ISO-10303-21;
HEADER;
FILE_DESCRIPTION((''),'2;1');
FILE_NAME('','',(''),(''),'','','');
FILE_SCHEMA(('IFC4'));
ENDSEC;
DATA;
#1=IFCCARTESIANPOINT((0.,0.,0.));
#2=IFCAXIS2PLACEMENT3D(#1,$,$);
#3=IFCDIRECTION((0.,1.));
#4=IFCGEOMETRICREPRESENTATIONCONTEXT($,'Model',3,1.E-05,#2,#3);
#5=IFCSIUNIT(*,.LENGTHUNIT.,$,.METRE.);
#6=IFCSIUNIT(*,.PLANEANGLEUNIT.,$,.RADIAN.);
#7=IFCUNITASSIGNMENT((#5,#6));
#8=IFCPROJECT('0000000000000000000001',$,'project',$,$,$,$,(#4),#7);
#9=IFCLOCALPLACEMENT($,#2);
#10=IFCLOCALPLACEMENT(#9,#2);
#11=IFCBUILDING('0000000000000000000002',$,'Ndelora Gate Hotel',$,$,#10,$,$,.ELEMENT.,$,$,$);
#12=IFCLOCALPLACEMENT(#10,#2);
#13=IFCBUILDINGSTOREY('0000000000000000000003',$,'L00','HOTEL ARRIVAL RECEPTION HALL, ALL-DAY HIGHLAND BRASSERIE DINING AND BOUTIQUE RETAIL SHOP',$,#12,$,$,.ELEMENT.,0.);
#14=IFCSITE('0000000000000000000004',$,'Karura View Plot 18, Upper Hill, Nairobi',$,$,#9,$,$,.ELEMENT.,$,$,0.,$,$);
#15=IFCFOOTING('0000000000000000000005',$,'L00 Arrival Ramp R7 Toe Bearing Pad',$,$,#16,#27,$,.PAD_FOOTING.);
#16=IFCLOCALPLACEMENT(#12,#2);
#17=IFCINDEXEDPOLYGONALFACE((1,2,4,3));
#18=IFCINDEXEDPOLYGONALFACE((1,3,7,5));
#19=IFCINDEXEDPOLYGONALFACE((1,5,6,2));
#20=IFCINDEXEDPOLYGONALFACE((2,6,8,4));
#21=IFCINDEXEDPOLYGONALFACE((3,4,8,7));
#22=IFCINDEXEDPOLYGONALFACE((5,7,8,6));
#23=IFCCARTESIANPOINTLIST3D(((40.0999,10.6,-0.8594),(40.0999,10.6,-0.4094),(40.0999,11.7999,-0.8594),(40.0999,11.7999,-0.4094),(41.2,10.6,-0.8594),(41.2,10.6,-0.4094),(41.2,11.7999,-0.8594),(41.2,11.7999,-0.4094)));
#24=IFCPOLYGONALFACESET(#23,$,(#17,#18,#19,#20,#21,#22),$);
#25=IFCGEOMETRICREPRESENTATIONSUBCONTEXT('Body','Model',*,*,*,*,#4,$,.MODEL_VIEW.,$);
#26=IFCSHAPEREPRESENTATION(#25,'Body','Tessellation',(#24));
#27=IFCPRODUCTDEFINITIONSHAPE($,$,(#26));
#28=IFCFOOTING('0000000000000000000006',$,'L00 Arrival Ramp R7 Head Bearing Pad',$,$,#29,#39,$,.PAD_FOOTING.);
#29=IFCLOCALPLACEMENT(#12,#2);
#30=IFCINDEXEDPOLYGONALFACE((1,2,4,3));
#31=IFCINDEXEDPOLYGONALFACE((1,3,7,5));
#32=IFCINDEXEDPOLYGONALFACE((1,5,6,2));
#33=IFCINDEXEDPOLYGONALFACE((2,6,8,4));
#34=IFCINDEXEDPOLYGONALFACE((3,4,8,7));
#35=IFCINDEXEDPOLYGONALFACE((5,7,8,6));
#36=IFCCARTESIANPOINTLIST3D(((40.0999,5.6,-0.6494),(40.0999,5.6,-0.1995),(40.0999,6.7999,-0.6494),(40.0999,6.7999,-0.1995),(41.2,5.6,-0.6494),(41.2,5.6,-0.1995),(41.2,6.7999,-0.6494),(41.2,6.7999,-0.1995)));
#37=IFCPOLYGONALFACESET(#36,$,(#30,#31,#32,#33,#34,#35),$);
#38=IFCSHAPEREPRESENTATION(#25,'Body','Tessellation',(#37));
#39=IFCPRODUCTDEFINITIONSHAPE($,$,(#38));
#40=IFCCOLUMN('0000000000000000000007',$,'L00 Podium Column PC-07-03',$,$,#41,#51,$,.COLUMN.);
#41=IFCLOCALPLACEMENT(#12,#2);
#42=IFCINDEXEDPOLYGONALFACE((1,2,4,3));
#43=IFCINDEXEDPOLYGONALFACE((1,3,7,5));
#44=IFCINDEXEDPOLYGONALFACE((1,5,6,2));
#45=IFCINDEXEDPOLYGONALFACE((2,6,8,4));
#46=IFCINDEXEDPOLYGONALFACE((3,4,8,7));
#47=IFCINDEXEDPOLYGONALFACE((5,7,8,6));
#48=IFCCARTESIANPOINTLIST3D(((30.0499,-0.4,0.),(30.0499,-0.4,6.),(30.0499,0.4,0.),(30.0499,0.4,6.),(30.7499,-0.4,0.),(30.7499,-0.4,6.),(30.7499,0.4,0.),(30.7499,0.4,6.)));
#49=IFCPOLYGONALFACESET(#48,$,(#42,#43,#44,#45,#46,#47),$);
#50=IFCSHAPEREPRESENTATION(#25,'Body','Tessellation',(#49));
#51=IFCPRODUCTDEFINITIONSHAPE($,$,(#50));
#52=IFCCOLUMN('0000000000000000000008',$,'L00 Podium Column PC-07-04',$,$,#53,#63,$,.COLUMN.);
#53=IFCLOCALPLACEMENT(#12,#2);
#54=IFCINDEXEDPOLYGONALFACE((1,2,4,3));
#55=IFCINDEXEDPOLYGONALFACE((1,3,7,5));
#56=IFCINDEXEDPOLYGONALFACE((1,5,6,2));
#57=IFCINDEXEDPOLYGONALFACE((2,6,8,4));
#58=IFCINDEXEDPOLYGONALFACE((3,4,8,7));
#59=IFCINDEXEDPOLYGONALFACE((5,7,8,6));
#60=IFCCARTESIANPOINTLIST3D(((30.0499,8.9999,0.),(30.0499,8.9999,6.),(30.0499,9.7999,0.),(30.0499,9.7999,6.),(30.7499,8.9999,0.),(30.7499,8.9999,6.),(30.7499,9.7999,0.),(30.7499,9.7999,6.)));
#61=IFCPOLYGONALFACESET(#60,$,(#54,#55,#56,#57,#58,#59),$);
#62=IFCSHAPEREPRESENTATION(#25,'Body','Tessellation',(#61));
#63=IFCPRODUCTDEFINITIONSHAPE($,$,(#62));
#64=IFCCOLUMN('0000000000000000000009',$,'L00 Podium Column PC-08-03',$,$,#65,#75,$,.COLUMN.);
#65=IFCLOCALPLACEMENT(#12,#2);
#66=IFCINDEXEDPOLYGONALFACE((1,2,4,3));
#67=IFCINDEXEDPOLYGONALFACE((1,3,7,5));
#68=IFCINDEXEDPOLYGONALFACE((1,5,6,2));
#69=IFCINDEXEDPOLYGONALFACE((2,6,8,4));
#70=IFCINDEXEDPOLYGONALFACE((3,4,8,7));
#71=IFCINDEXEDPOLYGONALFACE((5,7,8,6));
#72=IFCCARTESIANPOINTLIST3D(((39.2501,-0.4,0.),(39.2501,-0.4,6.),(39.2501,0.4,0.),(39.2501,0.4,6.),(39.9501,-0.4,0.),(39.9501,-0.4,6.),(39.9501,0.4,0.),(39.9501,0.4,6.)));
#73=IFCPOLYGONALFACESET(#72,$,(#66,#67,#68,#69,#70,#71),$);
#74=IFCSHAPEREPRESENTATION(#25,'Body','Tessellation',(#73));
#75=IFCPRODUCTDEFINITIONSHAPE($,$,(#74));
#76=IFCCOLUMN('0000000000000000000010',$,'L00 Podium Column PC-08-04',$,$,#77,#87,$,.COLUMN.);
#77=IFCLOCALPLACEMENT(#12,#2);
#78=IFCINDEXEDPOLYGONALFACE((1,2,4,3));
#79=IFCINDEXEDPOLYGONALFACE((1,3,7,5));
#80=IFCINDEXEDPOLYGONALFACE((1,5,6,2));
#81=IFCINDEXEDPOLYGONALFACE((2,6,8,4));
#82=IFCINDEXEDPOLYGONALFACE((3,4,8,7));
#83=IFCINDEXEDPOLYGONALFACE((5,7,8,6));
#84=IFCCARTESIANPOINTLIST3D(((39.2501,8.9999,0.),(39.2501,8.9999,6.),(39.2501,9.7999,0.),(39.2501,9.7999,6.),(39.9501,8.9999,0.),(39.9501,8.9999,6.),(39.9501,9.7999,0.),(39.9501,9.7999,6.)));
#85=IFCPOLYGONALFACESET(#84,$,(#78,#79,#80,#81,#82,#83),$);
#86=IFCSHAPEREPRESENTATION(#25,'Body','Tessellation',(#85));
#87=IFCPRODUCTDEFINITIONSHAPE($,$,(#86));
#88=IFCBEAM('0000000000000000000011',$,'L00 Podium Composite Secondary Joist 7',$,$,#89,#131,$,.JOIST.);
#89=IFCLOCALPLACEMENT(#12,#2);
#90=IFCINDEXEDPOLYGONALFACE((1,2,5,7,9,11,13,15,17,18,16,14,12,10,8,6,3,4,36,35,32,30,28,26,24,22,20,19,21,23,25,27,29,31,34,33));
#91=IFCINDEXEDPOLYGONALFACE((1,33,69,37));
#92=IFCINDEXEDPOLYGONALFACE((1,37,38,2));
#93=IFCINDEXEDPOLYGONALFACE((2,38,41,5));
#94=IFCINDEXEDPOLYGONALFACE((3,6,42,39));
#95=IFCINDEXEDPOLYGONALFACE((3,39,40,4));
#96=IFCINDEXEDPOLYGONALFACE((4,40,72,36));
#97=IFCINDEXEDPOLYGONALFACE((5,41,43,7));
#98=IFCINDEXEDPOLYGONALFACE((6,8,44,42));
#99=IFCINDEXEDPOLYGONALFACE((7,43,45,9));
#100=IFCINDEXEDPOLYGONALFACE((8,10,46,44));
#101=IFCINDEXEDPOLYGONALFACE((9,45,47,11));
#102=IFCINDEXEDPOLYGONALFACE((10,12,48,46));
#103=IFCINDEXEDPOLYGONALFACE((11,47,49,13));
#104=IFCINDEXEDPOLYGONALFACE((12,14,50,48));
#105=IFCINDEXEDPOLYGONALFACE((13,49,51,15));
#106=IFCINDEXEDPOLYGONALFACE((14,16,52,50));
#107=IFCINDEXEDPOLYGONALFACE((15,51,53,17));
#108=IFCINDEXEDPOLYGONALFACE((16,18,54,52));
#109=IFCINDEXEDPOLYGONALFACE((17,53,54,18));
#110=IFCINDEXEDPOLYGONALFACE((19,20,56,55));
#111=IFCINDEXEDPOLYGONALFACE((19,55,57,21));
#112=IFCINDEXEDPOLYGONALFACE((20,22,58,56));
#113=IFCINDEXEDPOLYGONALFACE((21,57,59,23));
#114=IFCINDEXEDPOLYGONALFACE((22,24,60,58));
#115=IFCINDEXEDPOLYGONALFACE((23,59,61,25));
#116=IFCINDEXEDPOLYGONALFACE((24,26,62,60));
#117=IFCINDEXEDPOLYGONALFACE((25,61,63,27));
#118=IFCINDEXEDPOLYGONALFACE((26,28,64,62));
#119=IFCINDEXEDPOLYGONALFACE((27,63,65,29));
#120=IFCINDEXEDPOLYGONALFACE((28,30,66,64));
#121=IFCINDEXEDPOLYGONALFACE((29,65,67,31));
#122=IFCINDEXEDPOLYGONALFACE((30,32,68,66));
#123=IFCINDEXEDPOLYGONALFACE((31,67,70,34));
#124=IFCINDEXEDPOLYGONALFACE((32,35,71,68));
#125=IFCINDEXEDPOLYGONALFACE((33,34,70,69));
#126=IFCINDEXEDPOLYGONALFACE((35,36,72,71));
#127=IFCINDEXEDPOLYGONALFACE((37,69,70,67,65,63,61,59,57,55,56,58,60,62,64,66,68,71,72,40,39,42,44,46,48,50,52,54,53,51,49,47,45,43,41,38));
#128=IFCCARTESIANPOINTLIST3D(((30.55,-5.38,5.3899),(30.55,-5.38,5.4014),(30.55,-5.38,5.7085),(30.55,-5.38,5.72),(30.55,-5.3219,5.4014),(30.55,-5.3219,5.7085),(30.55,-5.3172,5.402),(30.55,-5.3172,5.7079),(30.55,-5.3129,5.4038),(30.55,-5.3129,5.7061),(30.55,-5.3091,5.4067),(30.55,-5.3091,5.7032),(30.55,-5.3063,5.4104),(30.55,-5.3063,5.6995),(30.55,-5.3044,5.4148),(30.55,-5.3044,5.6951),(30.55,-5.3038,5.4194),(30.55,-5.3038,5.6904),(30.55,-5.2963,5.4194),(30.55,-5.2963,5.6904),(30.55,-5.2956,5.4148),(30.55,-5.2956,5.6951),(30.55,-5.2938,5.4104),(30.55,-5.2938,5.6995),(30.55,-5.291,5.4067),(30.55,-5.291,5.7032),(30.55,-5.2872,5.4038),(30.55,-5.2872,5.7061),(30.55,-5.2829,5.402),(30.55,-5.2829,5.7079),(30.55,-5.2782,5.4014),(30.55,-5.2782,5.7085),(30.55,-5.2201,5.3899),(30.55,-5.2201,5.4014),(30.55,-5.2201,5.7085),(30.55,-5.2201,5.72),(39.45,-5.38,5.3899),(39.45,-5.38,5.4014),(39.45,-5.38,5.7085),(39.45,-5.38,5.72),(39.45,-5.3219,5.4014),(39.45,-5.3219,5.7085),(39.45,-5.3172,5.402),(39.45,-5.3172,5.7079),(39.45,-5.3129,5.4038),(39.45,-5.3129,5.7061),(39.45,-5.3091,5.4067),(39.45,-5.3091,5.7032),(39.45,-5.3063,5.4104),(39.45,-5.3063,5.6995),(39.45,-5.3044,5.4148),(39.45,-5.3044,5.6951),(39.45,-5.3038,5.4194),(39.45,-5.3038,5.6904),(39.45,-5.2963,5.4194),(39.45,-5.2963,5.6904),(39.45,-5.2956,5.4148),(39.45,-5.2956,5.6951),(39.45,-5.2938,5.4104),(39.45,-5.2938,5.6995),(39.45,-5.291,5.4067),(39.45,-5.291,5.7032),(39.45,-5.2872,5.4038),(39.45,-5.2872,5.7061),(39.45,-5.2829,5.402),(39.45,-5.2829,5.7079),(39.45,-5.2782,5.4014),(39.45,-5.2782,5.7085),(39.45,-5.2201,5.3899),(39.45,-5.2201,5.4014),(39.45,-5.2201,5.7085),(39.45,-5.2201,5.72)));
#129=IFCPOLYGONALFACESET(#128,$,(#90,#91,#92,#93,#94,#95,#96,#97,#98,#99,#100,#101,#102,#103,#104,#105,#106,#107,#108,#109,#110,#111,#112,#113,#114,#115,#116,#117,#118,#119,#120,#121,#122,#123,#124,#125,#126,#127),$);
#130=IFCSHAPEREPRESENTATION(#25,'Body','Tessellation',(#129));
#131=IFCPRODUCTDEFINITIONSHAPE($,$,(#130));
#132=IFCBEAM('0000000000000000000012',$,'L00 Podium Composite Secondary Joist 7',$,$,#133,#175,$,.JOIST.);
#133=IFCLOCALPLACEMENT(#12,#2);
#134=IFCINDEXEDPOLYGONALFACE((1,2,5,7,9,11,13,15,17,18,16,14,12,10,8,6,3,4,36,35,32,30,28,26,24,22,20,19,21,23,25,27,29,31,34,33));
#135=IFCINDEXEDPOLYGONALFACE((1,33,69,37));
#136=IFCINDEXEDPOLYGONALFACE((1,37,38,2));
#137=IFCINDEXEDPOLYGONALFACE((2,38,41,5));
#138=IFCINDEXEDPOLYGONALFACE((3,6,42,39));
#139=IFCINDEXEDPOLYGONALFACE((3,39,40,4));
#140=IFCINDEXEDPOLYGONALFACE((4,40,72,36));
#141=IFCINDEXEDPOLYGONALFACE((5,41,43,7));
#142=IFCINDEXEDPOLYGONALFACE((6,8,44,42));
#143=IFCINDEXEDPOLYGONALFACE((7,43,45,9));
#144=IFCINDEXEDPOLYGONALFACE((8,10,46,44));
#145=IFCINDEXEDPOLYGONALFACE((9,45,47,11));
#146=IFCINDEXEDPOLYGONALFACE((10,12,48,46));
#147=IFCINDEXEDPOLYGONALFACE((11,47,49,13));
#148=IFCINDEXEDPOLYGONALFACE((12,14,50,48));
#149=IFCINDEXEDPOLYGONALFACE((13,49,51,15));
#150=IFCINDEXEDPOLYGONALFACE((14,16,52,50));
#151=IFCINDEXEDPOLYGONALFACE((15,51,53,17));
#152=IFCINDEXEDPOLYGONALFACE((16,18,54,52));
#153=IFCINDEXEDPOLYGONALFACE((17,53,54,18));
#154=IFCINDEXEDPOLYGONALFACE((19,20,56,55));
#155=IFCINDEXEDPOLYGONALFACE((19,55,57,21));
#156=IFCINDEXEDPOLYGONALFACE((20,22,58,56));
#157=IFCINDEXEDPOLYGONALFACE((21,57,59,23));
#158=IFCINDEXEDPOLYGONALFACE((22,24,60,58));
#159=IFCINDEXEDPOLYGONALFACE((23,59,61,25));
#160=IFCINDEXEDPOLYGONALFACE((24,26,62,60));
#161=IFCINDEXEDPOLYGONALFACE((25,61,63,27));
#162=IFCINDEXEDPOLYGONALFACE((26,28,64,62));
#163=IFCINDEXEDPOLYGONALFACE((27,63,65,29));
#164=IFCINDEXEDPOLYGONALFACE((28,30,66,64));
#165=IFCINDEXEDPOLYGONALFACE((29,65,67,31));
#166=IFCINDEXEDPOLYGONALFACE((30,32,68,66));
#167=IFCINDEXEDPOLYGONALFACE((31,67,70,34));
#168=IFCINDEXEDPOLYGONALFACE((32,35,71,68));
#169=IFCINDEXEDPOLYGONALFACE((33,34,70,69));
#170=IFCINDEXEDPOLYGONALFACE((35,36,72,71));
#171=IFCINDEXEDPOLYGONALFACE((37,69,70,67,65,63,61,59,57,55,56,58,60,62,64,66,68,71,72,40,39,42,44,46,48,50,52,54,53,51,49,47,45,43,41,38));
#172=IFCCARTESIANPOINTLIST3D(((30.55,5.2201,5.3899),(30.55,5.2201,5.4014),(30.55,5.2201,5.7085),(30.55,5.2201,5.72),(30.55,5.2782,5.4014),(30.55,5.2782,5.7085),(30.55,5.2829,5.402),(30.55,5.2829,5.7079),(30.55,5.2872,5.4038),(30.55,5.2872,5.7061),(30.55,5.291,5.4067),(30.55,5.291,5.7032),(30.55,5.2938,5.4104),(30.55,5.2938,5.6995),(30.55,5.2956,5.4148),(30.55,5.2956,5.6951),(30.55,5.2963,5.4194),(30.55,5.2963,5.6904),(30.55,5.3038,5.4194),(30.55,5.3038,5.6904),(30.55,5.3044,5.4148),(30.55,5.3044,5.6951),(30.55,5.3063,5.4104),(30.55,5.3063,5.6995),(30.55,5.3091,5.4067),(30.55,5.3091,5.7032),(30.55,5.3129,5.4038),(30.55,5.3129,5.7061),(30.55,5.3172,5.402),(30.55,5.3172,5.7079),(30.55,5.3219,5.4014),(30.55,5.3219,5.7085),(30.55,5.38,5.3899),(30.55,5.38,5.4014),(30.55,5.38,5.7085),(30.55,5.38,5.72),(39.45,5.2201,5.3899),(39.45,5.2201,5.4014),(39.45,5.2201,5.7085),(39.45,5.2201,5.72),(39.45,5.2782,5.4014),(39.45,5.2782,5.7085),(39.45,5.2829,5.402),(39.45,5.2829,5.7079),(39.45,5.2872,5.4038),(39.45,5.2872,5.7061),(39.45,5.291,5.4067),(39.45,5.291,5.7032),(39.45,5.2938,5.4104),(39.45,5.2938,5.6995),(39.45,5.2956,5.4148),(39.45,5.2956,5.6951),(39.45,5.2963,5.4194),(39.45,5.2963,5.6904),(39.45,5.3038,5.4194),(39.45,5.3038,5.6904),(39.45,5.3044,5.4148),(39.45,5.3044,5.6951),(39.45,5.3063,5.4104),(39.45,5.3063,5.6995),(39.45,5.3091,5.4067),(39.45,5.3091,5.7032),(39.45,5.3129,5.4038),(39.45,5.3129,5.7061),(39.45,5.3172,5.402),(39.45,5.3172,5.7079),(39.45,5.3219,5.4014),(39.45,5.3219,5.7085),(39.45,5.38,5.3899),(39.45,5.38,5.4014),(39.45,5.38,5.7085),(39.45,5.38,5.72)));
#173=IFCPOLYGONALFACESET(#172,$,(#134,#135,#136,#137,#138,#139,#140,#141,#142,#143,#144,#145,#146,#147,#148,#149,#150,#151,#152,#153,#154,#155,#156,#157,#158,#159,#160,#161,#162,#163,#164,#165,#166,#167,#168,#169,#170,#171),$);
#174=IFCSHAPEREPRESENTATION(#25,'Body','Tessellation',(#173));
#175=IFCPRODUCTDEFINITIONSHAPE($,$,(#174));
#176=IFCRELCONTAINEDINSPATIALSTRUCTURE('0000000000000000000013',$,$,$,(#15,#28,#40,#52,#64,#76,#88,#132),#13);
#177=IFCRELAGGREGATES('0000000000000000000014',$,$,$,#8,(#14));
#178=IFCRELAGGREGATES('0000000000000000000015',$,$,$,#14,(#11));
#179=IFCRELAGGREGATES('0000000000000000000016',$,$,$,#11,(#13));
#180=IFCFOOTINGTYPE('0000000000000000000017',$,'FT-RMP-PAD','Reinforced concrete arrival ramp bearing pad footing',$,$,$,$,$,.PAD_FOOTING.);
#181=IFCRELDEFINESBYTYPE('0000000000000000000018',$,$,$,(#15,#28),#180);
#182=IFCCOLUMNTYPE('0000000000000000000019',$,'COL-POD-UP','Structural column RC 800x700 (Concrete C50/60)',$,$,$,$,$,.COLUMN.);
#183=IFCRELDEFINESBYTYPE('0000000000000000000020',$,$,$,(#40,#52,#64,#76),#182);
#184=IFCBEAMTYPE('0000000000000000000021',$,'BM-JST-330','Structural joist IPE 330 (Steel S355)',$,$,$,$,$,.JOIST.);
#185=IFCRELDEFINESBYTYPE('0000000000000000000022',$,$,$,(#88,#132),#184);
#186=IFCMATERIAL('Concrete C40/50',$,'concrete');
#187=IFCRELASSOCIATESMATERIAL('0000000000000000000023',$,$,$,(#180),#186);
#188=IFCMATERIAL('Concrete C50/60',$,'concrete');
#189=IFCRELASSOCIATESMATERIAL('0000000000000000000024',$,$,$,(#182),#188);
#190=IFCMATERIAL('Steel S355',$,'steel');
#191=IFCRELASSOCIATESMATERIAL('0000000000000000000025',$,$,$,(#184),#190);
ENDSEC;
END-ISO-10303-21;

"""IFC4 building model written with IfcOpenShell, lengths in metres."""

from ifc_helpers import new_model, si_unit, direction, frame, origin, origin_2d, place, context, subcontext, project, spatial, rectangle, i_section, extrude, material, material_profile, profile_set, type_object, element, save


model = new_model("IFC4")

# Units and contexts
model_context = context("Model", 3, precision=1e-05, world=origin(), true_north=direction((0.0, 1.0)))
body_context = subcontext(model_context, "Body", "Model", "MODEL_VIEW")
ifc_project = project(units=[si_unit("LENGTHUNIT", "METRE"), si_unit("PLANEANGLEUNIT", "RADIAN")], contexts=[model_context])

# Site, building, storey
site_placement = place(None, origin())
site = spatial("IfcSite", under=ifc_project, at=site_placement, Name="Karura View Plot 18, Upper Hill, Nairobi", CompositionType="ELEMENT", RefElevation=0.0)
building_placement = place(site_placement, origin())
building = spatial("IfcBuilding", under=site, at=building_placement, Name="Ndelora Gate Hotel", CompositionType="ELEMENT")
storey_placement = place(building_placement, origin())
storey = spatial("IfcBuildingStorey", under=building, at=storey_placement, Name="L00", Description="HOTEL ARRIVAL RECEPTION HALL, ALL-DAY HIGHLAND BRASSERIE DINING AND BOUTIQUE RETAIL SHOP", CompositionType="ELEMENT", Elevation=0.0)

# Footings
ifc_material_1 = material(Name="Concrete C40/50", Category="concrete")
footing_type = type_object("IfcFootingType", Name="FT-RMP-PAD", Description="Reinforced concrete arrival ramp bearing pad footing", PredefinedType="PAD_FOOTING", material=ifc_material_1)
for number, where, z_axis, x_axis, name in (
    (1, (40.6499, 11.2, -0.8594), (0.0, 0.0, 1.0), (1.0, 0.0, 0.0), "L00 Arrival Ramp R7 Toe Bearing Pad"),
    (2, (40.6499, 6.2, -0.6494), (0.0, 0.0, 1.0), (1.0, 0.0, 0.0), "L00 Arrival Ramp R7 Head Bearing Pad"),
):
    element("IfcFooting", number, at=place(storey_placement, frame(where, z_axis=z_axis, x_axis=x_axis)), inside=storey, type_object=footing_type, Name=name, PredefinedType="PAD_FOOTING", context=body_context, shape_type="SweptSolid", body=[
        extrude(rectangle(XDim=1.1001, YDim=1.2, at=origin_2d()), origin(), (0.0, 0.0, 1.0), 0.45),
    ])

# Columns
ifc_material_2 = material(Name="Concrete C50/60", Category="concrete")
ifc_material_profile_1 = material_profile(ifc_material_2, rectangle(XDim=0.7, YDim=0.8, at=origin_2d()), Name="RC 800x700")
ifc_profile_set_1 = profile_set([ifc_material_profile_1], Name="Concrete C50/60")
column_type = type_object("IfcColumnType", Name="COL-POD-UP", Description="Structural column RC 800x700 (Concrete C50/60)", PredefinedType="COLUMN", material=ifc_profile_set_1)
for number, where, z_axis, x_axis, name in (
    (3, (30.3999, 0.0, 0.0), (0.0, 0.0, 1.0), (1.0, 0.0, 0.0), "L00 Podium Column PC-07-03"),
    (4, (30.3999, 9.3999, 0.0), (0.0, 0.0, 1.0), (1.0, 0.0, 0.0), "L00 Podium Column PC-07-04"),
    (5, (39.6001, 0.0, 0.0), (0.0, 0.0, 1.0), (1.0, 0.0, 0.0), "L00 Podium Column PC-08-03"),
    (6, (39.6001, 9.3999, 0.0), (0.0, 0.0, 1.0), (1.0, 0.0, 0.0), "L00 Podium Column PC-08-04"),
):
    element("IfcColumn", number, at=place(storey_placement, frame(where, z_axis=z_axis, x_axis=x_axis)), inside=storey, type_object=column_type, Name=name, PredefinedType="COLUMN", context=body_context, shape_type="SweptSolid", body=[
        extrude(rectangle(XDim=0.7, YDim=0.8, at=origin_2d()), origin(), (0.0, 0.0, 1.0), 6.0),
    ])

# Beams
ifc_material_3 = material(Name="Steel S355", Category="steel")
ifc_material_profile_2 = material_profile(ifc_material_3, i_section(OverallWidth=0.1599, OverallDepth=0.3301, WebThickness=0.0076, FlangeThickness=0.0115, FilletRadius=0.0181, at=origin_2d()), Name="IPE 330")
ifc_profile_set_2 = profile_set([ifc_material_profile_2], Name="Steel S355")
beam_type_1 = type_object("IfcBeamType", Name="BM-JST-330", Description="Structural joist IPE 330 (Steel S355)", PredefinedType="JOIST", material=ifc_profile_set_2)
for number, where, z_axis, x_axis, name in (
    (7, (30.55, -5.3, 5.5549), (1.0, 0.0, 0.0), (0.0, 1.0, 0.0), "L00 Podium Composite Secondary Joist 7"),
    (8, (30.55, 5.3, 5.5549), (1.0, 0.0, 0.0), (0.0, 1.0, 0.0), "L00 Podium Composite Secondary Joist 7"),
):
    element("IfcBeam", number, at=place(storey_placement, frame(where, z_axis=z_axis, x_axis=x_axis)), inside=storey, type_object=beam_type_1, Name=name, PredefinedType="JOIST", context=body_context, shape_type="SweptSolid", body=[
        extrude(i_section(OverallWidth=0.1599, OverallDepth=0.3301, WebThickness=0.0076, FlangeThickness=0.0115, FilletRadius=0.0181, at=origin_2d()), origin(), (0.0, 0.0, 1.0), 8.8999),
    ])

save(model, "model.ifc")
